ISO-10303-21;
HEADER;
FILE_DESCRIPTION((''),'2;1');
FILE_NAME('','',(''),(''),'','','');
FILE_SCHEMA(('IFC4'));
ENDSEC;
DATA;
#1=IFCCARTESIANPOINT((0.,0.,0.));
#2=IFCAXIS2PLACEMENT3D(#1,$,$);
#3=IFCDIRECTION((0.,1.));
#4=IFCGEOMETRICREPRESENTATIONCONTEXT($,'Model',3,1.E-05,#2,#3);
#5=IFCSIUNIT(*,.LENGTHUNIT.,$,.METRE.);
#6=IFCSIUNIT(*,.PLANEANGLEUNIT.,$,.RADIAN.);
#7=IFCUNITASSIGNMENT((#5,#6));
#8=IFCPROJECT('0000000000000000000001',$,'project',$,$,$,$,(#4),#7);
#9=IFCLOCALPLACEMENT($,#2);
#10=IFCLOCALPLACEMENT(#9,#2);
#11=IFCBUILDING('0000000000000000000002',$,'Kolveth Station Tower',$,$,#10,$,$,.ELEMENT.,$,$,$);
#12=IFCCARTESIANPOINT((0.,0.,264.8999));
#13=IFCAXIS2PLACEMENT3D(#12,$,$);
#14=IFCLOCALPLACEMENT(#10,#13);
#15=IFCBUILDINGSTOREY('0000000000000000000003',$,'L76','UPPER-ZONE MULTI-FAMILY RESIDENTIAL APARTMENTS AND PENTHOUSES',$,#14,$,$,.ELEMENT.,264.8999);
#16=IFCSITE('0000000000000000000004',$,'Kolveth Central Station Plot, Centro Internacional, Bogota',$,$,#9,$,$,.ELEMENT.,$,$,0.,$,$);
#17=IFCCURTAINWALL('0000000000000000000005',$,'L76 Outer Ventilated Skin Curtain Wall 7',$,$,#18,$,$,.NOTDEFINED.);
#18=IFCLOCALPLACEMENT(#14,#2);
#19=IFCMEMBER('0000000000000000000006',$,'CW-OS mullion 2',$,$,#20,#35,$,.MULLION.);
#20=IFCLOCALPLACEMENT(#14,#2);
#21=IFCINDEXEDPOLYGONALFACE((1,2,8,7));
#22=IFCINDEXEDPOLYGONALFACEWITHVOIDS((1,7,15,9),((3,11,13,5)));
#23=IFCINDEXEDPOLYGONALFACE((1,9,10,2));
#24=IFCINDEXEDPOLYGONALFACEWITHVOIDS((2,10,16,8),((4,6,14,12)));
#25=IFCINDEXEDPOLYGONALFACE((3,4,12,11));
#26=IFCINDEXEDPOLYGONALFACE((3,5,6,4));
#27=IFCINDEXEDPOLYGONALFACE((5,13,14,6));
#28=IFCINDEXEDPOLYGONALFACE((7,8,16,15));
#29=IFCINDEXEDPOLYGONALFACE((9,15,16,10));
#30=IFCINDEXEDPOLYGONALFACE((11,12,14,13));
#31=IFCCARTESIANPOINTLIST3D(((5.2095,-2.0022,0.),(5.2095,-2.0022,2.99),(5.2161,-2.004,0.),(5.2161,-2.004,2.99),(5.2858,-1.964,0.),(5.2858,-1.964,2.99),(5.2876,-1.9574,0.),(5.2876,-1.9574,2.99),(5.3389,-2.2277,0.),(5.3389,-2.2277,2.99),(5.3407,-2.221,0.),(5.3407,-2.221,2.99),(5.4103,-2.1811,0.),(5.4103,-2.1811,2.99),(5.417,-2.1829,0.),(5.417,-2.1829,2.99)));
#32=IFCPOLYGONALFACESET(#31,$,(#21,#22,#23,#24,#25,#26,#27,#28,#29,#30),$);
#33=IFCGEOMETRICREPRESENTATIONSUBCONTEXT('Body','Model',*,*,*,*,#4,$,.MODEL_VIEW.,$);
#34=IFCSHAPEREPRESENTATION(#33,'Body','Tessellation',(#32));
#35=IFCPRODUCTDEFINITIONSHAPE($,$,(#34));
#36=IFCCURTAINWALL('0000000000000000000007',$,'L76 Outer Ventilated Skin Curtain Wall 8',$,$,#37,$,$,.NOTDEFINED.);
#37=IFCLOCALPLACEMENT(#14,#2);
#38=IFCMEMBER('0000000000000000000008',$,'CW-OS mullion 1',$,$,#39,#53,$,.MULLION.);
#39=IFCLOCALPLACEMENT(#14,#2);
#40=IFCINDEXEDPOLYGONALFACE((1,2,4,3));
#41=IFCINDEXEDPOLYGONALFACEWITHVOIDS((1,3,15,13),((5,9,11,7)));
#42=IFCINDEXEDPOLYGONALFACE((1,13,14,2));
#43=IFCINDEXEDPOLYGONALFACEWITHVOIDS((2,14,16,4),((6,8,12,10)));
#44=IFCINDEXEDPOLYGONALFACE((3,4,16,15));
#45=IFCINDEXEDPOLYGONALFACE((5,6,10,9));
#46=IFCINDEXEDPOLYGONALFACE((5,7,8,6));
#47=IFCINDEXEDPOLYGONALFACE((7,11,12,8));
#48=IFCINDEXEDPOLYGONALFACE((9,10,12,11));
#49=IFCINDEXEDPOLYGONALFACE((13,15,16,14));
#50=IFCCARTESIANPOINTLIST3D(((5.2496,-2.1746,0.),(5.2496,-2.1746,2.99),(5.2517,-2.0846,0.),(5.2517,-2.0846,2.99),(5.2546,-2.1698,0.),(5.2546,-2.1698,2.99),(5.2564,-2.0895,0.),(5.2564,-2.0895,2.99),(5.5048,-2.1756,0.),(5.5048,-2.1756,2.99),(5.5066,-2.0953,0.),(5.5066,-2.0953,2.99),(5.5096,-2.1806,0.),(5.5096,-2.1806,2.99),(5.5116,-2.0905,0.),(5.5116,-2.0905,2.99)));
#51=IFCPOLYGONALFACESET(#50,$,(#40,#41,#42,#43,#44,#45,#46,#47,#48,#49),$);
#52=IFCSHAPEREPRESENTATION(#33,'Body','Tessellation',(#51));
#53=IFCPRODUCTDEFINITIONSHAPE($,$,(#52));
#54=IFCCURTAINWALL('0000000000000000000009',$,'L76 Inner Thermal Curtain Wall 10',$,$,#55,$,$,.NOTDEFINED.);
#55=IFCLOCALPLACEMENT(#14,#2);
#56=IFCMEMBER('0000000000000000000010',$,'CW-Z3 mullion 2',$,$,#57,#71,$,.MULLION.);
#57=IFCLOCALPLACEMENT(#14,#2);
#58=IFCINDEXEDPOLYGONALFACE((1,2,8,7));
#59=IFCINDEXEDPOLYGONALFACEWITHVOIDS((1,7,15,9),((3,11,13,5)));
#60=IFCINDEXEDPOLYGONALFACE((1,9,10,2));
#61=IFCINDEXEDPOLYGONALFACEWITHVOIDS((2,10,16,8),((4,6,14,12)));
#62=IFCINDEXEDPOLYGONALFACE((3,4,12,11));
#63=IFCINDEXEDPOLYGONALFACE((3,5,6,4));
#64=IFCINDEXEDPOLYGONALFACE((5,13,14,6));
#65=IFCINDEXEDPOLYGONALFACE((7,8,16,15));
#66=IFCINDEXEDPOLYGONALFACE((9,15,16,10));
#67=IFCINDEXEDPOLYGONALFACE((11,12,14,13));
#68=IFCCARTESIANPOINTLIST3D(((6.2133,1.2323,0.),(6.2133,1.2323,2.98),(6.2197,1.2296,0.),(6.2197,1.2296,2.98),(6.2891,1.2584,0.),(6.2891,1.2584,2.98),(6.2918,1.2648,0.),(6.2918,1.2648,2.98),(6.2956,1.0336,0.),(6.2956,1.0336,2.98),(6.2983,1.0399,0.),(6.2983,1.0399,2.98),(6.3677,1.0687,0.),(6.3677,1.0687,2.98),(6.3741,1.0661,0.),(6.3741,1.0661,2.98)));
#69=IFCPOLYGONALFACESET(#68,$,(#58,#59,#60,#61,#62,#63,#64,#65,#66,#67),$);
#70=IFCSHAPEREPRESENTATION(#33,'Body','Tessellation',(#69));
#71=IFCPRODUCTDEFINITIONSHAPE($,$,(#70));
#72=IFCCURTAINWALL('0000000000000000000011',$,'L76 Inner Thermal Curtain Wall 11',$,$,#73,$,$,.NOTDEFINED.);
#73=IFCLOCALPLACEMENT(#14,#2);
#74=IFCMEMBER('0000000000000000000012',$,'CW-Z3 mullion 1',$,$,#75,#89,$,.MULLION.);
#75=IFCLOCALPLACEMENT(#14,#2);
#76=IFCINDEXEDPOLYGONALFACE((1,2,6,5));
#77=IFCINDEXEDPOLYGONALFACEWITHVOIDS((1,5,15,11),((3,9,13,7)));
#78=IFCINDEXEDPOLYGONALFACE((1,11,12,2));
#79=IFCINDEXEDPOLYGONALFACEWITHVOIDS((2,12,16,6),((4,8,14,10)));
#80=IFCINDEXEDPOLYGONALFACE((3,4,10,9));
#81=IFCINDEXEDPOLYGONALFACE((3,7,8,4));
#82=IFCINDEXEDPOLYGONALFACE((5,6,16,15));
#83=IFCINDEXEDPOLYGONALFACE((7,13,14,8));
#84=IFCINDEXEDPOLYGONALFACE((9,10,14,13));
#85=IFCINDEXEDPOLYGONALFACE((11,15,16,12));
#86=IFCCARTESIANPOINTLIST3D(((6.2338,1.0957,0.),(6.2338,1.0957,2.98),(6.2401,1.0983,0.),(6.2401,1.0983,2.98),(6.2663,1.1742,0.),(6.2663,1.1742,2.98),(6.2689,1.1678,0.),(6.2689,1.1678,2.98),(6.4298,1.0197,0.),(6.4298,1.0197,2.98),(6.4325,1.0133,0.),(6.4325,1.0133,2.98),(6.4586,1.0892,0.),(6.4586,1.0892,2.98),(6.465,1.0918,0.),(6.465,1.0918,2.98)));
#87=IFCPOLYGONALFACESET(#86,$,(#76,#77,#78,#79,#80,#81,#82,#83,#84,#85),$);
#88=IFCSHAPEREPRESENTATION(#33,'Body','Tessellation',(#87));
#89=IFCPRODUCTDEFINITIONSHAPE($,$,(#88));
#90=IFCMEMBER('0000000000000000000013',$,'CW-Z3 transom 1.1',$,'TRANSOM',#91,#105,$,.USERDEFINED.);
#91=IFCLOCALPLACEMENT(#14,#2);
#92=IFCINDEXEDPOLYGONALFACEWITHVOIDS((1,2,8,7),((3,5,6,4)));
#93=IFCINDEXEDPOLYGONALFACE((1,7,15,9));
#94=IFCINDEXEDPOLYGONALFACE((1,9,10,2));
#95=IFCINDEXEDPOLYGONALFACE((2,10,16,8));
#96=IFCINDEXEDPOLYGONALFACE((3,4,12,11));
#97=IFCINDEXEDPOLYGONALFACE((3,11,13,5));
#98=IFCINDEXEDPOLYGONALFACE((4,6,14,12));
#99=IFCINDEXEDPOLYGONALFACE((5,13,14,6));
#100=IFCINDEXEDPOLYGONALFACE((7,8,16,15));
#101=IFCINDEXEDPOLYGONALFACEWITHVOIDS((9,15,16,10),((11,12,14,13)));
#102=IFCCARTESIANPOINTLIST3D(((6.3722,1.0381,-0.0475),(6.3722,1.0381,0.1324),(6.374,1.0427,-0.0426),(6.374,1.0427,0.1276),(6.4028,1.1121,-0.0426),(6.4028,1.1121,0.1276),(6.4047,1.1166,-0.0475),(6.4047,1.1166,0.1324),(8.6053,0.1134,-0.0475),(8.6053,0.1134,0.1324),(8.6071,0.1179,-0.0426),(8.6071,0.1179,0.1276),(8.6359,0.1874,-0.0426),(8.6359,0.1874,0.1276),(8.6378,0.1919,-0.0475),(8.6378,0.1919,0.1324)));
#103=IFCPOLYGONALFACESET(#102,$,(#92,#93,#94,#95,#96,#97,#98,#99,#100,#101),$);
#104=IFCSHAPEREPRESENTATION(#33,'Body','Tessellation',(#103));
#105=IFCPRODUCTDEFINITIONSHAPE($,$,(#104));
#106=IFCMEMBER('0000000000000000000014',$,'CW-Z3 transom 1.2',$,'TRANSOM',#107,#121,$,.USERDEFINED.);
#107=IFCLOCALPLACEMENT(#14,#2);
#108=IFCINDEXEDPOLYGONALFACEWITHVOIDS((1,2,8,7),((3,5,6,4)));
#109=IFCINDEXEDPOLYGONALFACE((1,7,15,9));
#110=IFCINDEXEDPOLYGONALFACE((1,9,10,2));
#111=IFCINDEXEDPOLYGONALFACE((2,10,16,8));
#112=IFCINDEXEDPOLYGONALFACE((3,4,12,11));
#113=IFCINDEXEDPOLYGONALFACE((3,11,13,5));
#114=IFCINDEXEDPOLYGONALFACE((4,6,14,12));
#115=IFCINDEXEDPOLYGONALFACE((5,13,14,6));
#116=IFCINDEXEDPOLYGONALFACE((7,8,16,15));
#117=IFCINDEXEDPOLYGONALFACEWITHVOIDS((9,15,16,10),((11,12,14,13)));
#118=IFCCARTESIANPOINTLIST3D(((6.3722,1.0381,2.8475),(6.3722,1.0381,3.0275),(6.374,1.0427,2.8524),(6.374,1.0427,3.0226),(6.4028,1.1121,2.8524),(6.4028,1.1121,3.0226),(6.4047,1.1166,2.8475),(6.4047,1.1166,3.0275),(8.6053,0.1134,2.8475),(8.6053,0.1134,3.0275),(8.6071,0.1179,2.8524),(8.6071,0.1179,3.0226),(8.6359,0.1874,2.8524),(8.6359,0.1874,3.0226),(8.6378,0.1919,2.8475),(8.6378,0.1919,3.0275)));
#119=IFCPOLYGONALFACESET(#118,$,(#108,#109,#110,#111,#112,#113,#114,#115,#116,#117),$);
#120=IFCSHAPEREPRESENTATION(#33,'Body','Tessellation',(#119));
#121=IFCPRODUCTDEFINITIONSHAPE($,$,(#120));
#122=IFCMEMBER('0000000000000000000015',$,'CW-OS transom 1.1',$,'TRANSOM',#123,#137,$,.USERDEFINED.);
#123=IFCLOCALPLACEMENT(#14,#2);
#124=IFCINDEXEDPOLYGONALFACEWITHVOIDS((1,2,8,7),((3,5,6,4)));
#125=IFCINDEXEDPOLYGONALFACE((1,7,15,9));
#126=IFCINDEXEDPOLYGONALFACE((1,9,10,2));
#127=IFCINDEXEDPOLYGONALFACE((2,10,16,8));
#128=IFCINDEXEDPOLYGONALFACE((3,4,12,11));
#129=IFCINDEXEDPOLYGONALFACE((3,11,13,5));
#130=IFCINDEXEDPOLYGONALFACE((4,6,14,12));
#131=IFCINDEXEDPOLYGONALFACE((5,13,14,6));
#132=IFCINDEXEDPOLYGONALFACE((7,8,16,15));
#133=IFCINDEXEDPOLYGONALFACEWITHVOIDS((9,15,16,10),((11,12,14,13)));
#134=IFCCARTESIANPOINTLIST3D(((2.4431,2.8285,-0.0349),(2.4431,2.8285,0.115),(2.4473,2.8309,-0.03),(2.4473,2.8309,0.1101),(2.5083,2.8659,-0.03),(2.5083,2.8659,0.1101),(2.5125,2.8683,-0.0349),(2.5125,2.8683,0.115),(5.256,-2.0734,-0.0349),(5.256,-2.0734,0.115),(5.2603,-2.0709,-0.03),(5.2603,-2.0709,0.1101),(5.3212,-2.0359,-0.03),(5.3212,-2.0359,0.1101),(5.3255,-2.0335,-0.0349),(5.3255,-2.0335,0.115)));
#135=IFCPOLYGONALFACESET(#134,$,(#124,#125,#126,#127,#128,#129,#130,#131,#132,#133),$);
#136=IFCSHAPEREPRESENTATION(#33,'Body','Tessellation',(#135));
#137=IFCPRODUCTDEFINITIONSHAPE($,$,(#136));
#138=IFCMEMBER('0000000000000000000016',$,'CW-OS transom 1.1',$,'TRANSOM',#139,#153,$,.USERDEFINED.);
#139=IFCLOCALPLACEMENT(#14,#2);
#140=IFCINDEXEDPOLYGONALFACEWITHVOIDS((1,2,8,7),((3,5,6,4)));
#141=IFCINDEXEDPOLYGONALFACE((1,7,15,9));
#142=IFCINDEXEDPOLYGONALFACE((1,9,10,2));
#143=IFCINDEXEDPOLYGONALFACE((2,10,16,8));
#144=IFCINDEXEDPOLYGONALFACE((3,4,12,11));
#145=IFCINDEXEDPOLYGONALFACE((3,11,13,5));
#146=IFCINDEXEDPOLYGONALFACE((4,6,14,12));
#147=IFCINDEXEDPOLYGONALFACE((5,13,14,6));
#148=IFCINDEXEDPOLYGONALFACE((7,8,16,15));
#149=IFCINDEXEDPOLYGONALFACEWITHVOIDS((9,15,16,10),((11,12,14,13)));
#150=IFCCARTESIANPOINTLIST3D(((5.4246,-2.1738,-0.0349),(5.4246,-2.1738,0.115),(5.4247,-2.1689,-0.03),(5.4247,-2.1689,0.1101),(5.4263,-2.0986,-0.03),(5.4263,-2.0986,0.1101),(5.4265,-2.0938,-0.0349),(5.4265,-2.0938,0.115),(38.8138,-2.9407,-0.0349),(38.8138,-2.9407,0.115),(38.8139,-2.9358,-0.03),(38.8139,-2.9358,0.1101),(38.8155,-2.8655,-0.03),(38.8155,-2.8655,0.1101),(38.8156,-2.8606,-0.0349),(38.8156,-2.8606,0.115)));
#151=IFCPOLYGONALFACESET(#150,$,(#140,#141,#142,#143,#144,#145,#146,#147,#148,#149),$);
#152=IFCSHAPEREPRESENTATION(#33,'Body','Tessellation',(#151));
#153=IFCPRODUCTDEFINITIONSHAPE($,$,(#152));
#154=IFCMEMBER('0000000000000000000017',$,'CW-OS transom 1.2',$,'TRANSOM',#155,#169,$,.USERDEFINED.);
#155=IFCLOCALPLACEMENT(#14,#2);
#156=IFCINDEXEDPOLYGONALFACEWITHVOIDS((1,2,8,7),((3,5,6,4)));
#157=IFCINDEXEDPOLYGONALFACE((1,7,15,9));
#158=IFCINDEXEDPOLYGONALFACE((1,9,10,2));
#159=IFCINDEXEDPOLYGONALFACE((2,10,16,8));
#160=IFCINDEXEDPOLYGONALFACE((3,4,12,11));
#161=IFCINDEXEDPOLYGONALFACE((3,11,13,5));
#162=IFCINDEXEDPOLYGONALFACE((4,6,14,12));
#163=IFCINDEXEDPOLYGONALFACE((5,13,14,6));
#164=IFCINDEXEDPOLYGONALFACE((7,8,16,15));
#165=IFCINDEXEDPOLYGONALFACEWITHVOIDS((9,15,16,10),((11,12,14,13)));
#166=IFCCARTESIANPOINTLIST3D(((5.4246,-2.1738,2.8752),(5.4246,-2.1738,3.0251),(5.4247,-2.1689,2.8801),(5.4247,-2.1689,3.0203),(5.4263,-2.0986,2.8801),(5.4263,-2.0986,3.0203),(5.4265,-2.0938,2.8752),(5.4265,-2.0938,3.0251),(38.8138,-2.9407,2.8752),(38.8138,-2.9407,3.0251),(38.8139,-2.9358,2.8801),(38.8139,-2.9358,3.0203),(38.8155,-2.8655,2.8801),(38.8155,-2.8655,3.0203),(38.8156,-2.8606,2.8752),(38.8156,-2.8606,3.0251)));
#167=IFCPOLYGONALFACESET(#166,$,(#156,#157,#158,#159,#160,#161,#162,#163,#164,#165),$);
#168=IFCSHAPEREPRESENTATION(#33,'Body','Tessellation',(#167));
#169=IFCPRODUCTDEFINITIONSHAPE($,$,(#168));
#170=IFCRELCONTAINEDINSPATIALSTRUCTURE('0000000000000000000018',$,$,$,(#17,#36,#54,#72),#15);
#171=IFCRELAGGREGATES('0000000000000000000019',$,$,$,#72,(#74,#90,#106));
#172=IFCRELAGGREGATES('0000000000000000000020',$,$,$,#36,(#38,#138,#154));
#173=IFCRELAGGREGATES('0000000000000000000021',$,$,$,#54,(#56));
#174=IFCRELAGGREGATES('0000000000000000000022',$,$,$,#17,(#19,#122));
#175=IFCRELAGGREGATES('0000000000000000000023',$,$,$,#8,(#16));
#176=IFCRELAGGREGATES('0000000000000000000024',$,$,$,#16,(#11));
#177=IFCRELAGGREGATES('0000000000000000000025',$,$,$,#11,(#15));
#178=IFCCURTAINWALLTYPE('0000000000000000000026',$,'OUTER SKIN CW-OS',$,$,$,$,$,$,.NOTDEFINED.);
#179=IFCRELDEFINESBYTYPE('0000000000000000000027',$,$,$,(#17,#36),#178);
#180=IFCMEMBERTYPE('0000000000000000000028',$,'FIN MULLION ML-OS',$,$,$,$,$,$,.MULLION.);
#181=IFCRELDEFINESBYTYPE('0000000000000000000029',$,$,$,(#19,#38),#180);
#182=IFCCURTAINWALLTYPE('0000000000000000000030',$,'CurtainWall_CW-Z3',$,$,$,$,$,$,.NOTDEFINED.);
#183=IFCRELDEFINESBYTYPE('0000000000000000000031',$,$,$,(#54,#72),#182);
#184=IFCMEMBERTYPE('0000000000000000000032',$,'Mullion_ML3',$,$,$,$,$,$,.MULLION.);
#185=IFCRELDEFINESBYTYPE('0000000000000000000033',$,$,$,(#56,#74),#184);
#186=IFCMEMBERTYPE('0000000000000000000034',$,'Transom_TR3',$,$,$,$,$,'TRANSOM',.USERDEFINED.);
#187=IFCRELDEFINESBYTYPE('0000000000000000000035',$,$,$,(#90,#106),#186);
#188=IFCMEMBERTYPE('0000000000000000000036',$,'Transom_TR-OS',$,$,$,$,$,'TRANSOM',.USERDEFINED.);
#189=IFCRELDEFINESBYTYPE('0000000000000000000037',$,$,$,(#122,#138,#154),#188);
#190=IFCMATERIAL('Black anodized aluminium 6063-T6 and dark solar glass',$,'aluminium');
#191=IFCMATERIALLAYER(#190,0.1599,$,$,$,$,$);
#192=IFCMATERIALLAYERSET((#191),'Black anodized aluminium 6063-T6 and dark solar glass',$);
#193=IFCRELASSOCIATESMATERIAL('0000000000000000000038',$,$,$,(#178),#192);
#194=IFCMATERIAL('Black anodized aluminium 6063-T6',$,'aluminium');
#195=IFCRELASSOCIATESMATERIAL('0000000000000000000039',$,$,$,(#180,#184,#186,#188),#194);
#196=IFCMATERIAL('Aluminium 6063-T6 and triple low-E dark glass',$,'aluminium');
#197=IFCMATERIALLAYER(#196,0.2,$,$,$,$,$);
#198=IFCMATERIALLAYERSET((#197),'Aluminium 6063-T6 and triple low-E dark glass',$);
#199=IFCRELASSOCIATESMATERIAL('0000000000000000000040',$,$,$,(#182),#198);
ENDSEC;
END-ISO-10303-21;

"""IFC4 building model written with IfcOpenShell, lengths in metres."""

from ifc_helpers import new_model, si_unit, direction, frame, origin, origin_2d, place, context, subcontext, project, spatial, hollow_rectangle, extrude, source, transform, mapped, material, layer, layer_set, material_profile, profile_set, type_object, element, aggregate, save


model = new_model("IFC4")

# Units and contexts
model_context = context("Model", 3, precision=1e-05, world=origin(), true_north=direction((0.0, 1.0)))
body_context = subcontext(model_context, "Body", "Model", "MODEL_VIEW")
ifc_project = project(units=[si_unit("LENGTHUNIT", "METRE"), si_unit("PLANEANGLEUNIT", "RADIAN")], contexts=[model_context])

# Site, building, storey
site_placement = place(None, origin())
site = spatial("IfcSite", under=ifc_project, at=site_placement, Name="Kolveth Central Station Plot, Centro Internacional, Bogota", CompositionType="ELEMENT", RefElevation=0.0)
building_placement = place(site_placement, origin())
building = spatial("IfcBuilding", under=site, at=building_placement, Name="Kolveth Station Tower", CompositionType="ELEMENT")
storey_placement = place(building_placement, frame((0.0, 0.0, 264.8999)))
storey = spatial("IfcBuildingStorey", under=building, at=storey_placement, Name="L76", Description="UPPER-ZONE MULTI-FAMILY RESIDENTIAL APARTMENTS AND PENTHOUSES", CompositionType="ELEMENT", Elevation=264.8999)

# Curtain walls, members
ifc_material_1 = material(Name="Black anodized aluminium 6063-T6 and dark solar glass", Category="aluminium")
ifc_layer_1 = layer(ifc_material_1, 0.1599)
ifc_layer_set_1 = layer_set([ifc_layer_1], Name="Black anodized aluminium 6063-T6 and dark solar glass")
curtain_wall_type_1 = type_object("IfcCurtainWallType", Name="OUTER SKIN CW-OS", PredefinedType="NOTDEFINED", material=ifc_layer_set_1)
curtain_wall_1_placement = place(storey_placement, origin())
curtain_wall_1 = element("IfcCurtainWall", 1, at=curtain_wall_1_placement, inside=storey, type_object=curtain_wall_type_1, Name="L76 Outer Ventilated Skin Curtain Wall 7", PredefinedType="NOTDEFINED")
ifc_material_2 = material(Name="Black anodized aluminium 6063-T6", Category="aluminium")
ifc_material_profile_1 = material_profile(ifc_material_2, hollow_rectangle(XDim=0.0901, YDim=0.26, WallThickness=0.0049, at=origin_2d()), Name="ALU-90x260x5")
ifc_profile_set_1 = profile_set([ifc_material_profile_1], Name="Black anodized aluminium 6063-T6")
member_type_1 = type_object("IfcMemberType", Name="FIN MULLION ML-OS", PredefinedType="MULLION", material=ifc_profile_set_1)
shared_shape_1 = source(origin(), body_context, "Body", "SweptSolid", [
    extrude(hollow_rectangle(XDim=0.0901, YDim=0.26, WallThickness=0.0049, at=origin_2d()), origin(), (0.0, 0.0, 1.0), 2.99),
])
member_1_placement = place(storey_placement, frame((5.3132, -2.0925, 0.0), z_axis=(0.0, 0.0, 1.0), x_axis=(0.867329, 0.497735, 0.0)))
member_1 = element("IfcMember", 2, at=member_1_placement, type_object=member_type_1, Name="CW-OS mullion 2", PredefinedType="MULLION", context=body_context, shape_type="MappedRepresentation", body=[
    mapped(shared_shape_1, transform((0.0, 0.0, 0.0), x_axis=(1.0, 0.0, 0.0), y_axis=(0.0, 1.0, 0.0), z_axis=(0.0, 0.0, 1.0), scale=1.0)),
])
curtain_wall_2_placement = place(storey_placement, origin())
curtain_wall_2 = element("IfcCurtainWall", 3, at=curtain_wall_2_placement, inside=storey, type_object=curtain_wall_type_1, Name="L76 Outer Ventilated Skin Curtain Wall 8", PredefinedType="NOTDEFINED")
member_2_placement = place(storey_placement, frame((5.3806, -2.1326, 0.0), z_axis=(0.0, 0.0, 1.0), x_axis=(0.022968, 0.999736, 0.0)))
member_2 = element("IfcMember", 4, at=member_2_placement, type_object=member_type_1, Name="CW-OS mullion 1", PredefinedType="MULLION", context=body_context, shape_type="MappedRepresentation", body=[
    mapped(shared_shape_1, transform((0.0, 0.0, 0.0), x_axis=(1.0, 0.0, 0.0), y_axis=(0.0, 1.0, 0.0), z_axis=(0.0, 0.0, 1.0), scale=1.0)),
])
ifc_material_3 = material(Name="Aluminium 6063-T6 and triple low-E dark glass", Category="aluminium")
ifc_layer_2 = layer(ifc_material_3, 0.2)
ifc_layer_set_2 = layer_set([ifc_layer_2], Name="Aluminium 6063-T6 and triple low-E dark glass")
curtain_wall_type_2 = type_object("IfcCurtainWallType", Name="CurtainWall_CW-Z3", PredefinedType="NOTDEFINED", material=ifc_layer_set_2)
curtain_wall_3_placement = place(storey_placement, origin())
curtain_wall_3 = element("IfcCurtainWall", 5, at=curtain_wall_3_placement, inside=storey, type_object=curtain_wall_type_2, Name="L76 Inner Thermal Curtain Wall 10", PredefinedType="NOTDEFINED")
ifc_material_profile_2 = material_profile(ifc_material_2, hollow_rectangle(XDim=0.085, YDim=0.2151, WallThickness=0.0049, at=origin_2d()), Name="ALU-85x215x5")
ifc_profile_set_2 = profile_set([ifc_material_profile_2], Name="Black anodized aluminium 6063-T6")
member_type_2 = type_object("IfcMemberType", Name="Mullion_ML3", PredefinedType="MULLION", material=ifc_profile_set_2)
shared_shape_2 = source(origin(), body_context, "Body", "SweptSolid", [
    extrude(hollow_rectangle(XDim=0.085, YDim=0.2151, WallThickness=0.0049, at=origin_2d()), origin(), (0.0, 0.0, 1.0), 2.98),
])
member_3_placement = place(storey_placement, frame((6.2937, 1.1492, 0.0), z_axis=(0.0, 0.0, 1.0), x_axis=(0.923875, 0.382693, 0.0)))
member_3 = element("IfcMember", 6, at=member_3_placement, type_object=member_type_2, Name="CW-Z3 mullion 2", PredefinedType="MULLION", context=body_context, shape_type="MappedRepresentation", body=[
    mapped(shared_shape_2, transform((0.0, 0.0, 0.0), x_axis=(1.0, 0.0, 0.0), y_axis=(0.0, 1.0, 0.0), z_axis=(0.0, 0.0, 1.0), scale=1.0)),
])

# Curtain wall, members
curtain_wall_4_placement = place(storey_placement, origin())
curtain_wall_4 = element("IfcCurtainWall", 7, at=curtain_wall_4_placement, inside=storey, type_object=curtain_wall_type_2, Name="L76 Inner Thermal Curtain Wall 11", PredefinedType="NOTDEFINED")
member_4_placement = place(storey_placement, frame((6.3494, 1.0938, 0.0), z_axis=(0.0, 0.0, 1.0), x_axis=(0.382693, 0.923875, 0.0)))
member_4 = element("IfcMember", 8, at=member_4_placement, type_object=member_type_2, Name="CW-Z3 mullion 1", PredefinedType="MULLION", context=body_context, shape_type="MappedRepresentation", body=[
    mapped(shared_shape_2, transform((0.0, 0.0, 0.0), x_axis=(1.0, 0.0, 0.0), y_axis=(0.0, 1.0, 0.0), z_axis=(0.0, 0.0, 1.0), scale=1.0)),
])
ifc_material_profile_3 = material_profile(ifc_material_2, hollow_rectangle(XDim=0.085, YDim=0.1799, WallThickness=0.0049, at=origin_2d()), Name="ALU-85x180x5")
ifc_profile_set_3 = profile_set([ifc_material_profile_3], Name="Black anodized aluminium 6063-T6")
member_type_3 = type_object("IfcMemberType", Name="Transom_TR3", ElementType="TRANSOM", PredefinedType="USERDEFINED", material=ifc_profile_set_3)
shared_shape_3 = source(origin(), body_context, "Body", "SweptSolid", [
    extrude(hollow_rectangle(XDim=0.085, YDim=0.1799, WallThickness=0.0049, at=origin_2d()), origin(), (0.0, 0.0, 1.0), 2.417),
])
member_5_placement = place(storey_placement, frame((6.3884, 1.0774, 0.0425), z_axis=(0.923909, -0.382613, 0.0), x_axis=(0.382613, 0.923909, 0.0)))
member_5 = element("IfcMember", 9, at=member_5_placement, type_object=member_type_3, Name="CW-Z3 transom 1.1", ObjectType="TRANSOM", PredefinedType="USERDEFINED", context=body_context, shape_type="MappedRepresentation", body=[
    mapped(shared_shape_3, transform((0.0, 0.0, 0.0), x_axis=(1.0, 0.0, 0.0), y_axis=(0.0, 1.0, 0.0), z_axis=(0.0, 0.0, 1.0), scale=1.0)),
])
member_6_placement = place(storey_placement, frame((6.3884, 1.0774, 2.9375), z_axis=(0.923909, -0.382613, 0.0), x_axis=(0.382613, 0.923909, 0.0)))
member_6 = element("IfcMember", 10, at=member_6_placement, type_object=member_type_3, Name="CW-Z3 transom 1.2", ObjectType="TRANSOM", PredefinedType="USERDEFINED", context=body_context, shape_type="MappedRepresentation", body=[
    mapped(shared_shape_3, transform((0.0, 0.0, 0.0), x_axis=(1.0, 0.0, 0.0), y_axis=(0.0, 1.0, 0.0), z_axis=(0.0, 0.0, 1.0), scale=1.0)),
])
aggregate(curtain_wall_4, [member_4, member_5, member_6])

# Members
ifc_material_profile_4 = material_profile(ifc_material_2, hollow_rectangle(XDim=0.0801, YDim=0.1499, WallThickness=0.0049, at=origin_2d()), Name="ALU-80x150x5")
ifc_profile_set_4 = profile_set([ifc_material_profile_4], Name="Black anodized aluminium 6063-T6")
member_type_4 = type_object("IfcMemberType", Name="Transom_TR-OS", ElementType="TRANSOM", PredefinedType="USERDEFINED", material=ifc_profile_set_4)
shared_shape_4 = source(origin(), body_context, "Body", "SweptSolid", [
    extrude(hollow_rectangle(XDim=0.0801, YDim=0.1499, WallThickness=0.0049, at=origin_2d()), origin(), (0.0, 0.0, 1.0), 5.6516),
])
member_7_placement = place(storey_placement, frame((2.4778, 2.8484, 0.04), z_axis=(0.497729, -0.867333, 0.0), x_axis=(0.867333, 0.497729, 0.0)))
member_7 = element("IfcMember", 11, at=member_7_placement, type_object=member_type_4, Name="CW-OS transom 1.1", ObjectType="TRANSOM", PredefinedType="USERDEFINED", context=body_context, shape_type="MappedRepresentation", body=[
    mapped(shared_shape_4, transform((0.0, 0.0, 0.0), x_axis=(1.0, 0.0, 0.0), y_axis=(0.0, 1.0, 0.0), z_axis=(0.0, 0.0, 1.0), scale=1.0)),
])
shared_shape_5 = source(origin(), body_context, "Body", "SweptSolid", [
    extrude(hollow_rectangle(XDim=0.0801, YDim=0.1499, WallThickness=0.0049, at=origin_2d()), origin(), (0.0, 0.0, 1.0), 33.3979),
])
member_8_placement = place(storey_placement, frame((5.4255, -2.1338, 0.04), z_axis=(0.999736, -0.022961, 0.0), x_axis=(0.022961, 0.999736, 0.0)))
member_8 = element("IfcMember", 12, at=member_8_placement, type_object=member_type_4, Name="CW-OS transom 1.1", ObjectType="TRANSOM", PredefinedType="USERDEFINED", context=body_context, shape_type="MappedRepresentation", body=[
    mapped(shared_shape_5, transform((0.0, 0.0, 0.0), x_axis=(1.0, 0.0, 0.0), y_axis=(0.0, 1.0, 0.0), z_axis=(0.0, 0.0, 1.0), scale=1.0)),
])
member_9_placement = place(storey_placement, frame((5.4255, -2.1338, 2.9502), z_axis=(0.999736, -0.022961, 0.0), x_axis=(0.022961, 0.999736, 0.0)))
member_9 = element("IfcMember", 13, at=member_9_placement, type_object=member_type_4, Name="CW-OS transom 1.2", ObjectType="TRANSOM", PredefinedType="USERDEFINED", context=body_context, shape_type="MappedRepresentation", body=[
    mapped(shared_shape_5, transform((0.0, 0.0, 0.0), x_axis=(1.0, 0.0, 0.0), y_axis=(0.0, 1.0, 0.0), z_axis=(0.0, 0.0, 1.0), scale=1.0)),
])
aggregate(curtain_wall_2, [member_2, member_8, member_9])

aggregate(curtain_wall_3, [member_3])
aggregate(curtain_wall_1, [member_1, member_7])

save(model, "model.ifc")
